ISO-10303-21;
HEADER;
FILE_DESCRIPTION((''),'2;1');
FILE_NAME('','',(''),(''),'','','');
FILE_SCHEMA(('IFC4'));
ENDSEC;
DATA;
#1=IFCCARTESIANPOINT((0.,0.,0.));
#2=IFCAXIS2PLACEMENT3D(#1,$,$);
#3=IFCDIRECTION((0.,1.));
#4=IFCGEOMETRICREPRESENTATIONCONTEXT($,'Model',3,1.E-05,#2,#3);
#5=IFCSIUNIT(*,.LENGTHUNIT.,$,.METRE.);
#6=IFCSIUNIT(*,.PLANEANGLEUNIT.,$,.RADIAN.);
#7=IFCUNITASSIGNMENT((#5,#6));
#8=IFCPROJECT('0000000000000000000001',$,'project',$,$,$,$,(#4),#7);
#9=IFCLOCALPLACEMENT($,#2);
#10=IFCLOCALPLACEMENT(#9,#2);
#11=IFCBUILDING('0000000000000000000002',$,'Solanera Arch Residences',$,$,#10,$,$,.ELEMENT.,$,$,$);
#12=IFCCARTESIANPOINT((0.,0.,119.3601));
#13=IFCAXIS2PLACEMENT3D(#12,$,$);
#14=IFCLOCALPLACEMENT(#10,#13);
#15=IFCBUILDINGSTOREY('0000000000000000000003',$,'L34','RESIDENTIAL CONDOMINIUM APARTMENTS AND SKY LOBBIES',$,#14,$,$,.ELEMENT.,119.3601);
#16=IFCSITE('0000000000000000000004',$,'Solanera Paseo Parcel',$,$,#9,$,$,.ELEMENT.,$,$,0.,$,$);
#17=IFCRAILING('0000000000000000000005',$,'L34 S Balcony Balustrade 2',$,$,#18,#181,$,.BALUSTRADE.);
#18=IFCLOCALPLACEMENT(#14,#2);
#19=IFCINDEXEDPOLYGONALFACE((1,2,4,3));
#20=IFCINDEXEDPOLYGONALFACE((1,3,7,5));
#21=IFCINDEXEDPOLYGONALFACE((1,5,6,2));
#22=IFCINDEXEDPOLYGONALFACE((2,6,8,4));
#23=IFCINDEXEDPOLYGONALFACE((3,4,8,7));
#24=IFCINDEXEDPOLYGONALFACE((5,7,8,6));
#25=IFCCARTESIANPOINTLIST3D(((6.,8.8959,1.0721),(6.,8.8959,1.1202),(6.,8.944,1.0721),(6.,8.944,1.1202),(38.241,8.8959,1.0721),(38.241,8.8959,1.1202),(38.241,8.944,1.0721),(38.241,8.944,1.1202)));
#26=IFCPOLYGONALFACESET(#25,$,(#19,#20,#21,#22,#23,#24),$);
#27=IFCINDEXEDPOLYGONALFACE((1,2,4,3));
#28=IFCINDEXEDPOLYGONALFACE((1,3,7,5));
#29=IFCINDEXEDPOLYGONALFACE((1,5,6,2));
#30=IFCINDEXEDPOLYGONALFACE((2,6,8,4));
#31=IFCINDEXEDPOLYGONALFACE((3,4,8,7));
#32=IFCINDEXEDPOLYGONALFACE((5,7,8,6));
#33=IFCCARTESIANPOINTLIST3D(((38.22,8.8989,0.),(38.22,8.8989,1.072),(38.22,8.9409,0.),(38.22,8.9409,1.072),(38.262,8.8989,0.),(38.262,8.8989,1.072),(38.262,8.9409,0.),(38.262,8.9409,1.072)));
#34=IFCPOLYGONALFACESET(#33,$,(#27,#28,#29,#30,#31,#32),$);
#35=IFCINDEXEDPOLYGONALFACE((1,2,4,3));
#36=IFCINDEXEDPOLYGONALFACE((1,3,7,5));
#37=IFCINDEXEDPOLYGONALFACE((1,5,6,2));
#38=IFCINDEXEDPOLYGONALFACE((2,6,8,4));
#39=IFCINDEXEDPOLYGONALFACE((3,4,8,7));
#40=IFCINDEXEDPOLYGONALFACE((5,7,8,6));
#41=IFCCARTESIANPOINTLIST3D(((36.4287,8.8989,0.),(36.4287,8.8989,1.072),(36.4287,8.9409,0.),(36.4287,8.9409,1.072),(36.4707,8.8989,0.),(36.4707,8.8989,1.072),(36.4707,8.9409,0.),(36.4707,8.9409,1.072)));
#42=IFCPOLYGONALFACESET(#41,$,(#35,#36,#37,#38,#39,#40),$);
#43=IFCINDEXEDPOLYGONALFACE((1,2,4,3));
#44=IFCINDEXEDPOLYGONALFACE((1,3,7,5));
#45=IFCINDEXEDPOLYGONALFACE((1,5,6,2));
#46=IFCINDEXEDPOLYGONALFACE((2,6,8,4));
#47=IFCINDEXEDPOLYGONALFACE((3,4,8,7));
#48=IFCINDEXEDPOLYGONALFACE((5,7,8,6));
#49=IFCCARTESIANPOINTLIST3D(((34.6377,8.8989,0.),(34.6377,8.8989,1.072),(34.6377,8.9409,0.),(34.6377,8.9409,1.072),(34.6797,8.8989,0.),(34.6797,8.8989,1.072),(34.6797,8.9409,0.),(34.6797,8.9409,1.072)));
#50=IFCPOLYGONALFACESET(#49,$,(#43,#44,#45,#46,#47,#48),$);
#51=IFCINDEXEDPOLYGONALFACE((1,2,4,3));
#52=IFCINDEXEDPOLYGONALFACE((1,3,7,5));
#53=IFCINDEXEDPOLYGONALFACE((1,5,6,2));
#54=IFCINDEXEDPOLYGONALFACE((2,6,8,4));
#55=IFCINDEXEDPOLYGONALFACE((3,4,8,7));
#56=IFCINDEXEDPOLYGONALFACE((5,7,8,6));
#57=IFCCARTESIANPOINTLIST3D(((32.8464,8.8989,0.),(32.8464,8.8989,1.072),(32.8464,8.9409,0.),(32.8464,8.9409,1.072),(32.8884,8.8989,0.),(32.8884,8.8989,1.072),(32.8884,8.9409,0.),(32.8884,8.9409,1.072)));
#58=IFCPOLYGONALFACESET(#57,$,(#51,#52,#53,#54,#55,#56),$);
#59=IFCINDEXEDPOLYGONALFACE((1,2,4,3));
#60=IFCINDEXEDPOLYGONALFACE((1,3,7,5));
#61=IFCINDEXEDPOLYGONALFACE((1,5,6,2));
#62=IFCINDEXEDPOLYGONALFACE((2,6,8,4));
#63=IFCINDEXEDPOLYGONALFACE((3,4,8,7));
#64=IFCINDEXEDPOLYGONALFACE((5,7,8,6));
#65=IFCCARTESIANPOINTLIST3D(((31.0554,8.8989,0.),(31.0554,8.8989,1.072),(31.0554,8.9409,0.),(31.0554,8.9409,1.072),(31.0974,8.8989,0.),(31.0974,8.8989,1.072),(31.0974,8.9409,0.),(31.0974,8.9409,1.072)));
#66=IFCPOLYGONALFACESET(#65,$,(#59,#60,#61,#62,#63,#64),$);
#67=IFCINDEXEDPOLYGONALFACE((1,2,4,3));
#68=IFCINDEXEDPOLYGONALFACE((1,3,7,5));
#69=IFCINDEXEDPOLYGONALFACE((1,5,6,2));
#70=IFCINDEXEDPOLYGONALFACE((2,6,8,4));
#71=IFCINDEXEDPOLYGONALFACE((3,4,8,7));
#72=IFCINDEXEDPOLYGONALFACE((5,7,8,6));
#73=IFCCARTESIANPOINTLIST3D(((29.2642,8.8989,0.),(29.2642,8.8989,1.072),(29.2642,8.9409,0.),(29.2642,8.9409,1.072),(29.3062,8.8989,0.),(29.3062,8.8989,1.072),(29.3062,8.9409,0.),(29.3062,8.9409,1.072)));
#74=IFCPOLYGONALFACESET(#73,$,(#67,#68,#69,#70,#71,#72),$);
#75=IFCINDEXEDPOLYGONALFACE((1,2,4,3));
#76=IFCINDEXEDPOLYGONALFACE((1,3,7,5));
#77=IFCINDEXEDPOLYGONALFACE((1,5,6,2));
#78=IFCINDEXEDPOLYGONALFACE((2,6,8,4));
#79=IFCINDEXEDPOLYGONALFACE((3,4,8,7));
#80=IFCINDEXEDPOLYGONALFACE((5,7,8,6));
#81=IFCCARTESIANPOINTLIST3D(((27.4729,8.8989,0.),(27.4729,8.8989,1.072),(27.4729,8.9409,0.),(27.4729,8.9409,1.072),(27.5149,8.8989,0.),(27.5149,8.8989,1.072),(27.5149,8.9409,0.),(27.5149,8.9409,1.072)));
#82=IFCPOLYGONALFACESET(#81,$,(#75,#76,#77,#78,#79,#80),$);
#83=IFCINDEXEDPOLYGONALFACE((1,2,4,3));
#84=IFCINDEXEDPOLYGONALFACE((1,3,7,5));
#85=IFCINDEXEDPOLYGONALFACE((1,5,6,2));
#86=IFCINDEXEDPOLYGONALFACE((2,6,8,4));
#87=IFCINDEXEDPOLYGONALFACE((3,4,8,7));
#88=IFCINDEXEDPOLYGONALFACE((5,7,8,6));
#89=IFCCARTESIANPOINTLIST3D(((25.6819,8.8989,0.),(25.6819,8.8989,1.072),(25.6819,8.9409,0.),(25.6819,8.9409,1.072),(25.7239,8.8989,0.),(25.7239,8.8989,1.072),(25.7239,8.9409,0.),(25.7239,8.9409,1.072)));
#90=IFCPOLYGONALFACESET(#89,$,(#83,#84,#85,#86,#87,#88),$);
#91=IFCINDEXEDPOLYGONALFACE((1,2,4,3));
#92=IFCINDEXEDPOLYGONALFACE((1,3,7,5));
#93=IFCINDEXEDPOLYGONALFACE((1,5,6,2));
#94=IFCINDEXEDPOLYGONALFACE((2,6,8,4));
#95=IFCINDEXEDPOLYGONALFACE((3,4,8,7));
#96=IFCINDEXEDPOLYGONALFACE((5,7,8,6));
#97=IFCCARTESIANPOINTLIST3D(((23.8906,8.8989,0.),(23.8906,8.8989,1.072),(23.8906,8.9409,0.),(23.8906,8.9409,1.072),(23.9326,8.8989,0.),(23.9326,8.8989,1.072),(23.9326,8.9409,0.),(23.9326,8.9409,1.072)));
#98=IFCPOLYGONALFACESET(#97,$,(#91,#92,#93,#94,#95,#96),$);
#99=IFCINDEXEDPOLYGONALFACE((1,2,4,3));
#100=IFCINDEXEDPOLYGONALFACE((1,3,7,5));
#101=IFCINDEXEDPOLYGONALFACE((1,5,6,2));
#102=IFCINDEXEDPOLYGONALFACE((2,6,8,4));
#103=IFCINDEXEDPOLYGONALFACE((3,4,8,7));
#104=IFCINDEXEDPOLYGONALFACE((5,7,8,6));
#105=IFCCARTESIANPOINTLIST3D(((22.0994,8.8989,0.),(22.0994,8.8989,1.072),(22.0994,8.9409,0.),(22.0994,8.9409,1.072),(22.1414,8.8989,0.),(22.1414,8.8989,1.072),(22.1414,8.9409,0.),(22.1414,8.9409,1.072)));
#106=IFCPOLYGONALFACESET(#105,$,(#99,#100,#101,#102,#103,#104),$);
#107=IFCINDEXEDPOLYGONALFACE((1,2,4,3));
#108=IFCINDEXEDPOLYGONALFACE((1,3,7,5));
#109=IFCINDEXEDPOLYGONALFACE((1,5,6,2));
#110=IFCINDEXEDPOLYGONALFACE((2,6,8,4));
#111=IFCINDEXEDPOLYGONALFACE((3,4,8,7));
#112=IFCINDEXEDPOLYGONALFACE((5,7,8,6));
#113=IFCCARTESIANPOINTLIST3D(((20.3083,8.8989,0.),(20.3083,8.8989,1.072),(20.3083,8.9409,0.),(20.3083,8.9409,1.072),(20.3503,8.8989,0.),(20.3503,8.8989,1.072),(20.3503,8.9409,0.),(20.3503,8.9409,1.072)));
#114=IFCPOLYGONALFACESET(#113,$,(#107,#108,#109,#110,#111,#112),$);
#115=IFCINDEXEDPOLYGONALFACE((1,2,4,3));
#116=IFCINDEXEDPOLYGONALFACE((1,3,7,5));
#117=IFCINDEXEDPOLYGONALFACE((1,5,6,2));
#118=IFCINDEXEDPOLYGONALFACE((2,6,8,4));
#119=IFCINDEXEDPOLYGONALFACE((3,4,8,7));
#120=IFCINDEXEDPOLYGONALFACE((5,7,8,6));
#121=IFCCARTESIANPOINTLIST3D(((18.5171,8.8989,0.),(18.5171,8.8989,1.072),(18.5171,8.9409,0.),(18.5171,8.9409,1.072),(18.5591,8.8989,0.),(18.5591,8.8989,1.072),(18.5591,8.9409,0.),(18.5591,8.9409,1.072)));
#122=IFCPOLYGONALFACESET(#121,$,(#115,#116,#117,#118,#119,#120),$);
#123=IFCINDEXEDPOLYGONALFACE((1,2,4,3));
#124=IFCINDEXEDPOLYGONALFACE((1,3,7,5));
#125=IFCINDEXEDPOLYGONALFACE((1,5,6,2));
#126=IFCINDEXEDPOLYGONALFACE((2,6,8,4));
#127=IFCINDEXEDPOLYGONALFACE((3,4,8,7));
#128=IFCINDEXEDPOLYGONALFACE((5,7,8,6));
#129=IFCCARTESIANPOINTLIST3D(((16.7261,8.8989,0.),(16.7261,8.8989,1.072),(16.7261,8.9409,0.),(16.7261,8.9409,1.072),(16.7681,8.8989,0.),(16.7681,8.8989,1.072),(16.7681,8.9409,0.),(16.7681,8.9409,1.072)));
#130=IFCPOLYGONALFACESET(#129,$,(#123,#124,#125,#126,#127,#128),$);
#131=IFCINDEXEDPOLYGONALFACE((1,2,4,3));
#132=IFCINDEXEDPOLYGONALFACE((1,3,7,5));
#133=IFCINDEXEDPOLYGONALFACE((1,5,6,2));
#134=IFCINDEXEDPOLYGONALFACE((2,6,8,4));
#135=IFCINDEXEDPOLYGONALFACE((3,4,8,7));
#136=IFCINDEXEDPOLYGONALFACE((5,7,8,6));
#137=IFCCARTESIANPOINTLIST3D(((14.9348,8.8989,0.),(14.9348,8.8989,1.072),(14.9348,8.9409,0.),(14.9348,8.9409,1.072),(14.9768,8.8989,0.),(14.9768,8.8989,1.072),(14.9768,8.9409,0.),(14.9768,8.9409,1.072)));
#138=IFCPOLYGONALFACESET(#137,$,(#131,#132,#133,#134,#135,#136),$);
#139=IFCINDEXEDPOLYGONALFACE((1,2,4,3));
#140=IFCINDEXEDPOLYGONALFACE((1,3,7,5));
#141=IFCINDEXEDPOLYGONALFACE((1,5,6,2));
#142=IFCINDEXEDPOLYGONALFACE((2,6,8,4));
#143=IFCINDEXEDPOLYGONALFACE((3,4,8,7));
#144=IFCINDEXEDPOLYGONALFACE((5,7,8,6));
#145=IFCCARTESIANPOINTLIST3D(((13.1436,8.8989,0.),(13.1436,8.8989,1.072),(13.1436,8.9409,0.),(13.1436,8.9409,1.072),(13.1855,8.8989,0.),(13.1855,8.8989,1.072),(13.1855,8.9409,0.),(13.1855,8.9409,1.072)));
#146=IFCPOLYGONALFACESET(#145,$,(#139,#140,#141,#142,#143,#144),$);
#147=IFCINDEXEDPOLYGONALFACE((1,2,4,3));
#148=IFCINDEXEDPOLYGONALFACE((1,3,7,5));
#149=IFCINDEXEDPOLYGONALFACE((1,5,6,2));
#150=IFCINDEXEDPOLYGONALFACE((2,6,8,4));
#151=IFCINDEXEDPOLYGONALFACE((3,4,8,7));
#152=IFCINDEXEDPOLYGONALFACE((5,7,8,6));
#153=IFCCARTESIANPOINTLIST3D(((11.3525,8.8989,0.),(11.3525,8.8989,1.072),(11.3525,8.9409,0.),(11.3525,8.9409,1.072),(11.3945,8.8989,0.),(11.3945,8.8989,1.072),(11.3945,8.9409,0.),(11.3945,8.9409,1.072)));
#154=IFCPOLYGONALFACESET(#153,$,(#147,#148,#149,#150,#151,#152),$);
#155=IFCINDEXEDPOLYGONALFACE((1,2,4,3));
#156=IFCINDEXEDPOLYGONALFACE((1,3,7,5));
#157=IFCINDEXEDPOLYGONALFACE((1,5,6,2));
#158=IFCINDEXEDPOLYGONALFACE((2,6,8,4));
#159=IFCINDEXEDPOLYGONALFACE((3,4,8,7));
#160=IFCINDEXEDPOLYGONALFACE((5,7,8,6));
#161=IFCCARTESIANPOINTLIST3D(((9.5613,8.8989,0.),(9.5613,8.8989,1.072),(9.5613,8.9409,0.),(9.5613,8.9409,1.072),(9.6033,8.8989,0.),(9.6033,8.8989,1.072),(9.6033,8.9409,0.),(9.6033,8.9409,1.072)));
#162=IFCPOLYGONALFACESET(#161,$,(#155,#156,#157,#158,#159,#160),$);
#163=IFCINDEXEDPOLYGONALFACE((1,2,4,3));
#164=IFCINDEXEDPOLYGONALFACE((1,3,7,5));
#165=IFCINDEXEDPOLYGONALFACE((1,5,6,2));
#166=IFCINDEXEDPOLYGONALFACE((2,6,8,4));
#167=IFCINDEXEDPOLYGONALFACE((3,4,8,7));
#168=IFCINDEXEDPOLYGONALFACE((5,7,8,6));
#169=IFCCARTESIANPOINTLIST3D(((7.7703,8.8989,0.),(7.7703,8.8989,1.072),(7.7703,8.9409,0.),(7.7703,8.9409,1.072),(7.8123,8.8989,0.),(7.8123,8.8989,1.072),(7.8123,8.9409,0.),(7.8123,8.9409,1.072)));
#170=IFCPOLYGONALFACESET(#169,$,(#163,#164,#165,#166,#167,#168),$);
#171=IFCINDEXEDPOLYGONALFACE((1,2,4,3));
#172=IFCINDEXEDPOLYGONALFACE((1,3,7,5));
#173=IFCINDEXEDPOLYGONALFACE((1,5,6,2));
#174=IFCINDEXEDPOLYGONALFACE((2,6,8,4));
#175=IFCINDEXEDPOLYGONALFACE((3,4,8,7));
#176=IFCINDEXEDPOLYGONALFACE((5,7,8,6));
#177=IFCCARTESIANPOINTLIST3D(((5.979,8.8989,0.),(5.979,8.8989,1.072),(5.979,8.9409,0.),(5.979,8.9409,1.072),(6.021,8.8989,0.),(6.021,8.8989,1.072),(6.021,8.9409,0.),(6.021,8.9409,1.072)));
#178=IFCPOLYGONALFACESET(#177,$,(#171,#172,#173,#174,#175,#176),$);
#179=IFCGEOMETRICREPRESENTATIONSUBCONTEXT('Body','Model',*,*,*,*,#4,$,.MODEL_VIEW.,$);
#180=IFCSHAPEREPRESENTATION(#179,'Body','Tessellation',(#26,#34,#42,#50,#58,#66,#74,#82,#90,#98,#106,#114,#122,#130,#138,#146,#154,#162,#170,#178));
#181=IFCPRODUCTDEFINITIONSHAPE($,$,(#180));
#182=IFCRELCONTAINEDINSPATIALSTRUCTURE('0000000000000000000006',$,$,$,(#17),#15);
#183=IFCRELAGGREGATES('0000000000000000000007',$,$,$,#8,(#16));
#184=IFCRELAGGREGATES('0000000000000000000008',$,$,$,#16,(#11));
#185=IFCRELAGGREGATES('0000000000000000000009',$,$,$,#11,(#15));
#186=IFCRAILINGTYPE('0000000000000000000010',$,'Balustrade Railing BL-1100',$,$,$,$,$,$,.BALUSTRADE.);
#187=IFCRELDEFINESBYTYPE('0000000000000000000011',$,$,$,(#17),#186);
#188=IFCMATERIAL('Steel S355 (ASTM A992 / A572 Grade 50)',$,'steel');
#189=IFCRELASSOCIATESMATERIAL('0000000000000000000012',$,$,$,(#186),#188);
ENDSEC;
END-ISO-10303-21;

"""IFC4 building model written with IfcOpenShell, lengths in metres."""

from ifc_helpers import new_model, si_unit, direction, frame, origin, origin_2d, place, context, subcontext, project, spatial, rectangle, extrude, material, type_object, element, save


model = new_model("IFC4")

# Units and contexts
model_context = context("Model", 3, precision=1e-05, world=origin(), true_north=direction((0.0, 1.0)))
body_context = subcontext(model_context, "Body", "Model", "MODEL_VIEW")
ifc_project = project(units=[si_unit("LENGTHUNIT", "METRE"), si_unit("PLANEANGLEUNIT", "RADIAN")], contexts=[model_context])

# Site, building, storey
site_placement = place(None, origin())
site = spatial("IfcSite", under=ifc_project, at=site_placement, Name="Solanera Paseo Parcel", CompositionType="ELEMENT", RefElevation=0.0)
building_placement = place(site_placement, origin())
building = spatial("IfcBuilding", under=site, at=building_placement, Name="Solanera Arch Residences", CompositionType="ELEMENT")
storey_placement = place(building_placement, frame((0.0, 0.0, 119.3601)))
storey = spatial("IfcBuildingStorey", under=building, at=storey_placement, Name="L34", Description="RESIDENTIAL CONDOMINIUM APARTMENTS AND SKY LOBBIES", CompositionType="ELEMENT", Elevation=119.3601)

# Railing
ifc_material_1 = material(Name="Steel S355 (ASTM A992 / A572 Grade 50)", Category="steel")
railing_type = type_object("IfcRailingType", Name="Balustrade Railing BL-1100", PredefinedType="BALUSTRADE", material=ifc_material_1)
railing_1_placement = place(storey_placement, frame((38.241, 8.9199, 0.0)))
element("IfcRailing", 1, at=railing_1_placement, inside=storey, type_object=railing_type, Name="L34 S Balcony Balustrade 2", PredefinedType="BALUSTRADE", context=body_context, shape_type="SweptSolid", body=[
    extrude(rectangle(XDim=0.0481, YDim=0.0481, at=origin_2d()), frame((0.0, 0.0, 1.0962), z_axis=(-1.0, 0.0, 0.0), x_axis=(0.0, -1.0, 0.0)), (0.0, 0.0, 1.0), 32.241),
    extrude(rectangle(XDim=0.042, YDim=0.042, at=origin_2d()), origin(), (0.0, 0.0, 1.0), 1.072),
    extrude(rectangle(XDim=0.042, YDim=0.042, at=origin_2d()), frame((-1.7913, 0.0, 0.0)), (0.0, 0.0, 1.0), 1.072),
    extrude(rectangle(XDim=0.042, YDim=0.042, at=origin_2d()), frame((-3.5823, 0.0, 0.0)), (0.0, 0.0, 1.0), 1.072),
    extrude(rectangle(XDim=0.042, YDim=0.042, at=origin_2d()), frame((-5.3735, 0.0, 0.0)), (0.0, 0.0, 1.0), 1.072),
    extrude(rectangle(XDim=0.042, YDim=0.042, at=origin_2d()), frame((-7.1646, 0.0, 0.0)), (0.0, 0.0, 1.0), 1.072),
    extrude(rectangle(XDim=0.042, YDim=0.042, at=origin_2d()), frame((-8.9558, 0.0, 0.0)), (0.0, 0.0, 1.0), 1.072),
    extrude(rectangle(XDim=0.042, YDim=0.042, at=origin_2d()), frame((-10.7471, 0.0, 0.0)), (0.0, 0.0, 1.0), 1.072),
    extrude(rectangle(XDim=0.042, YDim=0.042, at=origin_2d()), frame((-12.5381, 0.0, 0.0)), (0.0, 0.0, 1.0), 1.072),
    extrude(rectangle(XDim=0.042, YDim=0.042, at=origin_2d()), frame((-14.3293, 0.0, 0.0)), (0.0, 0.0, 1.0), 1.072),
    extrude(rectangle(XDim=0.042, YDim=0.042, at=origin_2d()), frame((-16.1206, 0.0, 0.0)), (0.0, 0.0, 1.0), 1.072),
    extrude(rectangle(XDim=0.042, YDim=0.042, at=origin_2d()), frame((-17.9116, 0.0, 0.0)), (0.0, 0.0, 1.0), 1.072),
    extrude(rectangle(XDim=0.042, YDim=0.042, at=origin_2d()), frame((-19.7029, 0.0, 0.0)), (0.0, 0.0, 1.0), 1.072),
    extrude(rectangle(XDim=0.042, YDim=0.042, at=origin_2d()), frame((-21.4939, 0.0, 0.0)), (0.0, 0.0, 1.0), 1.072),
    extrude(rectangle(XDim=0.042, YDim=0.042, at=origin_2d()), frame((-23.2852, 0.0, 0.0)), (0.0, 0.0, 1.0), 1.072),
    extrude(rectangle(XDim=0.042, YDim=0.042, at=origin_2d()), frame((-25.0764, 0.0, 0.0)), (0.0, 0.0, 1.0), 1.072),
    extrude(rectangle(XDim=0.042, YDim=0.042, at=origin_2d()), frame((-26.8674, 0.0, 0.0)), (0.0, 0.0, 1.0), 1.072),
    extrude(rectangle(XDim=0.042, YDim=0.042, at=origin_2d()), frame((-28.6587, 0.0, 0.0)), (0.0, 0.0, 1.0), 1.072),
    extrude(rectangle(XDim=0.042, YDim=0.042, at=origin_2d()), frame((-30.4497, 0.0, 0.0)), (0.0, 0.0, 1.0), 1.072),
    extrude(rectangle(XDim=0.042, YDim=0.042, at=origin_2d()), frame((-32.241, 0.0, 0.0)), (0.0, 0.0, 1.0), 1.072),
])

save(model, "model.ifc")
